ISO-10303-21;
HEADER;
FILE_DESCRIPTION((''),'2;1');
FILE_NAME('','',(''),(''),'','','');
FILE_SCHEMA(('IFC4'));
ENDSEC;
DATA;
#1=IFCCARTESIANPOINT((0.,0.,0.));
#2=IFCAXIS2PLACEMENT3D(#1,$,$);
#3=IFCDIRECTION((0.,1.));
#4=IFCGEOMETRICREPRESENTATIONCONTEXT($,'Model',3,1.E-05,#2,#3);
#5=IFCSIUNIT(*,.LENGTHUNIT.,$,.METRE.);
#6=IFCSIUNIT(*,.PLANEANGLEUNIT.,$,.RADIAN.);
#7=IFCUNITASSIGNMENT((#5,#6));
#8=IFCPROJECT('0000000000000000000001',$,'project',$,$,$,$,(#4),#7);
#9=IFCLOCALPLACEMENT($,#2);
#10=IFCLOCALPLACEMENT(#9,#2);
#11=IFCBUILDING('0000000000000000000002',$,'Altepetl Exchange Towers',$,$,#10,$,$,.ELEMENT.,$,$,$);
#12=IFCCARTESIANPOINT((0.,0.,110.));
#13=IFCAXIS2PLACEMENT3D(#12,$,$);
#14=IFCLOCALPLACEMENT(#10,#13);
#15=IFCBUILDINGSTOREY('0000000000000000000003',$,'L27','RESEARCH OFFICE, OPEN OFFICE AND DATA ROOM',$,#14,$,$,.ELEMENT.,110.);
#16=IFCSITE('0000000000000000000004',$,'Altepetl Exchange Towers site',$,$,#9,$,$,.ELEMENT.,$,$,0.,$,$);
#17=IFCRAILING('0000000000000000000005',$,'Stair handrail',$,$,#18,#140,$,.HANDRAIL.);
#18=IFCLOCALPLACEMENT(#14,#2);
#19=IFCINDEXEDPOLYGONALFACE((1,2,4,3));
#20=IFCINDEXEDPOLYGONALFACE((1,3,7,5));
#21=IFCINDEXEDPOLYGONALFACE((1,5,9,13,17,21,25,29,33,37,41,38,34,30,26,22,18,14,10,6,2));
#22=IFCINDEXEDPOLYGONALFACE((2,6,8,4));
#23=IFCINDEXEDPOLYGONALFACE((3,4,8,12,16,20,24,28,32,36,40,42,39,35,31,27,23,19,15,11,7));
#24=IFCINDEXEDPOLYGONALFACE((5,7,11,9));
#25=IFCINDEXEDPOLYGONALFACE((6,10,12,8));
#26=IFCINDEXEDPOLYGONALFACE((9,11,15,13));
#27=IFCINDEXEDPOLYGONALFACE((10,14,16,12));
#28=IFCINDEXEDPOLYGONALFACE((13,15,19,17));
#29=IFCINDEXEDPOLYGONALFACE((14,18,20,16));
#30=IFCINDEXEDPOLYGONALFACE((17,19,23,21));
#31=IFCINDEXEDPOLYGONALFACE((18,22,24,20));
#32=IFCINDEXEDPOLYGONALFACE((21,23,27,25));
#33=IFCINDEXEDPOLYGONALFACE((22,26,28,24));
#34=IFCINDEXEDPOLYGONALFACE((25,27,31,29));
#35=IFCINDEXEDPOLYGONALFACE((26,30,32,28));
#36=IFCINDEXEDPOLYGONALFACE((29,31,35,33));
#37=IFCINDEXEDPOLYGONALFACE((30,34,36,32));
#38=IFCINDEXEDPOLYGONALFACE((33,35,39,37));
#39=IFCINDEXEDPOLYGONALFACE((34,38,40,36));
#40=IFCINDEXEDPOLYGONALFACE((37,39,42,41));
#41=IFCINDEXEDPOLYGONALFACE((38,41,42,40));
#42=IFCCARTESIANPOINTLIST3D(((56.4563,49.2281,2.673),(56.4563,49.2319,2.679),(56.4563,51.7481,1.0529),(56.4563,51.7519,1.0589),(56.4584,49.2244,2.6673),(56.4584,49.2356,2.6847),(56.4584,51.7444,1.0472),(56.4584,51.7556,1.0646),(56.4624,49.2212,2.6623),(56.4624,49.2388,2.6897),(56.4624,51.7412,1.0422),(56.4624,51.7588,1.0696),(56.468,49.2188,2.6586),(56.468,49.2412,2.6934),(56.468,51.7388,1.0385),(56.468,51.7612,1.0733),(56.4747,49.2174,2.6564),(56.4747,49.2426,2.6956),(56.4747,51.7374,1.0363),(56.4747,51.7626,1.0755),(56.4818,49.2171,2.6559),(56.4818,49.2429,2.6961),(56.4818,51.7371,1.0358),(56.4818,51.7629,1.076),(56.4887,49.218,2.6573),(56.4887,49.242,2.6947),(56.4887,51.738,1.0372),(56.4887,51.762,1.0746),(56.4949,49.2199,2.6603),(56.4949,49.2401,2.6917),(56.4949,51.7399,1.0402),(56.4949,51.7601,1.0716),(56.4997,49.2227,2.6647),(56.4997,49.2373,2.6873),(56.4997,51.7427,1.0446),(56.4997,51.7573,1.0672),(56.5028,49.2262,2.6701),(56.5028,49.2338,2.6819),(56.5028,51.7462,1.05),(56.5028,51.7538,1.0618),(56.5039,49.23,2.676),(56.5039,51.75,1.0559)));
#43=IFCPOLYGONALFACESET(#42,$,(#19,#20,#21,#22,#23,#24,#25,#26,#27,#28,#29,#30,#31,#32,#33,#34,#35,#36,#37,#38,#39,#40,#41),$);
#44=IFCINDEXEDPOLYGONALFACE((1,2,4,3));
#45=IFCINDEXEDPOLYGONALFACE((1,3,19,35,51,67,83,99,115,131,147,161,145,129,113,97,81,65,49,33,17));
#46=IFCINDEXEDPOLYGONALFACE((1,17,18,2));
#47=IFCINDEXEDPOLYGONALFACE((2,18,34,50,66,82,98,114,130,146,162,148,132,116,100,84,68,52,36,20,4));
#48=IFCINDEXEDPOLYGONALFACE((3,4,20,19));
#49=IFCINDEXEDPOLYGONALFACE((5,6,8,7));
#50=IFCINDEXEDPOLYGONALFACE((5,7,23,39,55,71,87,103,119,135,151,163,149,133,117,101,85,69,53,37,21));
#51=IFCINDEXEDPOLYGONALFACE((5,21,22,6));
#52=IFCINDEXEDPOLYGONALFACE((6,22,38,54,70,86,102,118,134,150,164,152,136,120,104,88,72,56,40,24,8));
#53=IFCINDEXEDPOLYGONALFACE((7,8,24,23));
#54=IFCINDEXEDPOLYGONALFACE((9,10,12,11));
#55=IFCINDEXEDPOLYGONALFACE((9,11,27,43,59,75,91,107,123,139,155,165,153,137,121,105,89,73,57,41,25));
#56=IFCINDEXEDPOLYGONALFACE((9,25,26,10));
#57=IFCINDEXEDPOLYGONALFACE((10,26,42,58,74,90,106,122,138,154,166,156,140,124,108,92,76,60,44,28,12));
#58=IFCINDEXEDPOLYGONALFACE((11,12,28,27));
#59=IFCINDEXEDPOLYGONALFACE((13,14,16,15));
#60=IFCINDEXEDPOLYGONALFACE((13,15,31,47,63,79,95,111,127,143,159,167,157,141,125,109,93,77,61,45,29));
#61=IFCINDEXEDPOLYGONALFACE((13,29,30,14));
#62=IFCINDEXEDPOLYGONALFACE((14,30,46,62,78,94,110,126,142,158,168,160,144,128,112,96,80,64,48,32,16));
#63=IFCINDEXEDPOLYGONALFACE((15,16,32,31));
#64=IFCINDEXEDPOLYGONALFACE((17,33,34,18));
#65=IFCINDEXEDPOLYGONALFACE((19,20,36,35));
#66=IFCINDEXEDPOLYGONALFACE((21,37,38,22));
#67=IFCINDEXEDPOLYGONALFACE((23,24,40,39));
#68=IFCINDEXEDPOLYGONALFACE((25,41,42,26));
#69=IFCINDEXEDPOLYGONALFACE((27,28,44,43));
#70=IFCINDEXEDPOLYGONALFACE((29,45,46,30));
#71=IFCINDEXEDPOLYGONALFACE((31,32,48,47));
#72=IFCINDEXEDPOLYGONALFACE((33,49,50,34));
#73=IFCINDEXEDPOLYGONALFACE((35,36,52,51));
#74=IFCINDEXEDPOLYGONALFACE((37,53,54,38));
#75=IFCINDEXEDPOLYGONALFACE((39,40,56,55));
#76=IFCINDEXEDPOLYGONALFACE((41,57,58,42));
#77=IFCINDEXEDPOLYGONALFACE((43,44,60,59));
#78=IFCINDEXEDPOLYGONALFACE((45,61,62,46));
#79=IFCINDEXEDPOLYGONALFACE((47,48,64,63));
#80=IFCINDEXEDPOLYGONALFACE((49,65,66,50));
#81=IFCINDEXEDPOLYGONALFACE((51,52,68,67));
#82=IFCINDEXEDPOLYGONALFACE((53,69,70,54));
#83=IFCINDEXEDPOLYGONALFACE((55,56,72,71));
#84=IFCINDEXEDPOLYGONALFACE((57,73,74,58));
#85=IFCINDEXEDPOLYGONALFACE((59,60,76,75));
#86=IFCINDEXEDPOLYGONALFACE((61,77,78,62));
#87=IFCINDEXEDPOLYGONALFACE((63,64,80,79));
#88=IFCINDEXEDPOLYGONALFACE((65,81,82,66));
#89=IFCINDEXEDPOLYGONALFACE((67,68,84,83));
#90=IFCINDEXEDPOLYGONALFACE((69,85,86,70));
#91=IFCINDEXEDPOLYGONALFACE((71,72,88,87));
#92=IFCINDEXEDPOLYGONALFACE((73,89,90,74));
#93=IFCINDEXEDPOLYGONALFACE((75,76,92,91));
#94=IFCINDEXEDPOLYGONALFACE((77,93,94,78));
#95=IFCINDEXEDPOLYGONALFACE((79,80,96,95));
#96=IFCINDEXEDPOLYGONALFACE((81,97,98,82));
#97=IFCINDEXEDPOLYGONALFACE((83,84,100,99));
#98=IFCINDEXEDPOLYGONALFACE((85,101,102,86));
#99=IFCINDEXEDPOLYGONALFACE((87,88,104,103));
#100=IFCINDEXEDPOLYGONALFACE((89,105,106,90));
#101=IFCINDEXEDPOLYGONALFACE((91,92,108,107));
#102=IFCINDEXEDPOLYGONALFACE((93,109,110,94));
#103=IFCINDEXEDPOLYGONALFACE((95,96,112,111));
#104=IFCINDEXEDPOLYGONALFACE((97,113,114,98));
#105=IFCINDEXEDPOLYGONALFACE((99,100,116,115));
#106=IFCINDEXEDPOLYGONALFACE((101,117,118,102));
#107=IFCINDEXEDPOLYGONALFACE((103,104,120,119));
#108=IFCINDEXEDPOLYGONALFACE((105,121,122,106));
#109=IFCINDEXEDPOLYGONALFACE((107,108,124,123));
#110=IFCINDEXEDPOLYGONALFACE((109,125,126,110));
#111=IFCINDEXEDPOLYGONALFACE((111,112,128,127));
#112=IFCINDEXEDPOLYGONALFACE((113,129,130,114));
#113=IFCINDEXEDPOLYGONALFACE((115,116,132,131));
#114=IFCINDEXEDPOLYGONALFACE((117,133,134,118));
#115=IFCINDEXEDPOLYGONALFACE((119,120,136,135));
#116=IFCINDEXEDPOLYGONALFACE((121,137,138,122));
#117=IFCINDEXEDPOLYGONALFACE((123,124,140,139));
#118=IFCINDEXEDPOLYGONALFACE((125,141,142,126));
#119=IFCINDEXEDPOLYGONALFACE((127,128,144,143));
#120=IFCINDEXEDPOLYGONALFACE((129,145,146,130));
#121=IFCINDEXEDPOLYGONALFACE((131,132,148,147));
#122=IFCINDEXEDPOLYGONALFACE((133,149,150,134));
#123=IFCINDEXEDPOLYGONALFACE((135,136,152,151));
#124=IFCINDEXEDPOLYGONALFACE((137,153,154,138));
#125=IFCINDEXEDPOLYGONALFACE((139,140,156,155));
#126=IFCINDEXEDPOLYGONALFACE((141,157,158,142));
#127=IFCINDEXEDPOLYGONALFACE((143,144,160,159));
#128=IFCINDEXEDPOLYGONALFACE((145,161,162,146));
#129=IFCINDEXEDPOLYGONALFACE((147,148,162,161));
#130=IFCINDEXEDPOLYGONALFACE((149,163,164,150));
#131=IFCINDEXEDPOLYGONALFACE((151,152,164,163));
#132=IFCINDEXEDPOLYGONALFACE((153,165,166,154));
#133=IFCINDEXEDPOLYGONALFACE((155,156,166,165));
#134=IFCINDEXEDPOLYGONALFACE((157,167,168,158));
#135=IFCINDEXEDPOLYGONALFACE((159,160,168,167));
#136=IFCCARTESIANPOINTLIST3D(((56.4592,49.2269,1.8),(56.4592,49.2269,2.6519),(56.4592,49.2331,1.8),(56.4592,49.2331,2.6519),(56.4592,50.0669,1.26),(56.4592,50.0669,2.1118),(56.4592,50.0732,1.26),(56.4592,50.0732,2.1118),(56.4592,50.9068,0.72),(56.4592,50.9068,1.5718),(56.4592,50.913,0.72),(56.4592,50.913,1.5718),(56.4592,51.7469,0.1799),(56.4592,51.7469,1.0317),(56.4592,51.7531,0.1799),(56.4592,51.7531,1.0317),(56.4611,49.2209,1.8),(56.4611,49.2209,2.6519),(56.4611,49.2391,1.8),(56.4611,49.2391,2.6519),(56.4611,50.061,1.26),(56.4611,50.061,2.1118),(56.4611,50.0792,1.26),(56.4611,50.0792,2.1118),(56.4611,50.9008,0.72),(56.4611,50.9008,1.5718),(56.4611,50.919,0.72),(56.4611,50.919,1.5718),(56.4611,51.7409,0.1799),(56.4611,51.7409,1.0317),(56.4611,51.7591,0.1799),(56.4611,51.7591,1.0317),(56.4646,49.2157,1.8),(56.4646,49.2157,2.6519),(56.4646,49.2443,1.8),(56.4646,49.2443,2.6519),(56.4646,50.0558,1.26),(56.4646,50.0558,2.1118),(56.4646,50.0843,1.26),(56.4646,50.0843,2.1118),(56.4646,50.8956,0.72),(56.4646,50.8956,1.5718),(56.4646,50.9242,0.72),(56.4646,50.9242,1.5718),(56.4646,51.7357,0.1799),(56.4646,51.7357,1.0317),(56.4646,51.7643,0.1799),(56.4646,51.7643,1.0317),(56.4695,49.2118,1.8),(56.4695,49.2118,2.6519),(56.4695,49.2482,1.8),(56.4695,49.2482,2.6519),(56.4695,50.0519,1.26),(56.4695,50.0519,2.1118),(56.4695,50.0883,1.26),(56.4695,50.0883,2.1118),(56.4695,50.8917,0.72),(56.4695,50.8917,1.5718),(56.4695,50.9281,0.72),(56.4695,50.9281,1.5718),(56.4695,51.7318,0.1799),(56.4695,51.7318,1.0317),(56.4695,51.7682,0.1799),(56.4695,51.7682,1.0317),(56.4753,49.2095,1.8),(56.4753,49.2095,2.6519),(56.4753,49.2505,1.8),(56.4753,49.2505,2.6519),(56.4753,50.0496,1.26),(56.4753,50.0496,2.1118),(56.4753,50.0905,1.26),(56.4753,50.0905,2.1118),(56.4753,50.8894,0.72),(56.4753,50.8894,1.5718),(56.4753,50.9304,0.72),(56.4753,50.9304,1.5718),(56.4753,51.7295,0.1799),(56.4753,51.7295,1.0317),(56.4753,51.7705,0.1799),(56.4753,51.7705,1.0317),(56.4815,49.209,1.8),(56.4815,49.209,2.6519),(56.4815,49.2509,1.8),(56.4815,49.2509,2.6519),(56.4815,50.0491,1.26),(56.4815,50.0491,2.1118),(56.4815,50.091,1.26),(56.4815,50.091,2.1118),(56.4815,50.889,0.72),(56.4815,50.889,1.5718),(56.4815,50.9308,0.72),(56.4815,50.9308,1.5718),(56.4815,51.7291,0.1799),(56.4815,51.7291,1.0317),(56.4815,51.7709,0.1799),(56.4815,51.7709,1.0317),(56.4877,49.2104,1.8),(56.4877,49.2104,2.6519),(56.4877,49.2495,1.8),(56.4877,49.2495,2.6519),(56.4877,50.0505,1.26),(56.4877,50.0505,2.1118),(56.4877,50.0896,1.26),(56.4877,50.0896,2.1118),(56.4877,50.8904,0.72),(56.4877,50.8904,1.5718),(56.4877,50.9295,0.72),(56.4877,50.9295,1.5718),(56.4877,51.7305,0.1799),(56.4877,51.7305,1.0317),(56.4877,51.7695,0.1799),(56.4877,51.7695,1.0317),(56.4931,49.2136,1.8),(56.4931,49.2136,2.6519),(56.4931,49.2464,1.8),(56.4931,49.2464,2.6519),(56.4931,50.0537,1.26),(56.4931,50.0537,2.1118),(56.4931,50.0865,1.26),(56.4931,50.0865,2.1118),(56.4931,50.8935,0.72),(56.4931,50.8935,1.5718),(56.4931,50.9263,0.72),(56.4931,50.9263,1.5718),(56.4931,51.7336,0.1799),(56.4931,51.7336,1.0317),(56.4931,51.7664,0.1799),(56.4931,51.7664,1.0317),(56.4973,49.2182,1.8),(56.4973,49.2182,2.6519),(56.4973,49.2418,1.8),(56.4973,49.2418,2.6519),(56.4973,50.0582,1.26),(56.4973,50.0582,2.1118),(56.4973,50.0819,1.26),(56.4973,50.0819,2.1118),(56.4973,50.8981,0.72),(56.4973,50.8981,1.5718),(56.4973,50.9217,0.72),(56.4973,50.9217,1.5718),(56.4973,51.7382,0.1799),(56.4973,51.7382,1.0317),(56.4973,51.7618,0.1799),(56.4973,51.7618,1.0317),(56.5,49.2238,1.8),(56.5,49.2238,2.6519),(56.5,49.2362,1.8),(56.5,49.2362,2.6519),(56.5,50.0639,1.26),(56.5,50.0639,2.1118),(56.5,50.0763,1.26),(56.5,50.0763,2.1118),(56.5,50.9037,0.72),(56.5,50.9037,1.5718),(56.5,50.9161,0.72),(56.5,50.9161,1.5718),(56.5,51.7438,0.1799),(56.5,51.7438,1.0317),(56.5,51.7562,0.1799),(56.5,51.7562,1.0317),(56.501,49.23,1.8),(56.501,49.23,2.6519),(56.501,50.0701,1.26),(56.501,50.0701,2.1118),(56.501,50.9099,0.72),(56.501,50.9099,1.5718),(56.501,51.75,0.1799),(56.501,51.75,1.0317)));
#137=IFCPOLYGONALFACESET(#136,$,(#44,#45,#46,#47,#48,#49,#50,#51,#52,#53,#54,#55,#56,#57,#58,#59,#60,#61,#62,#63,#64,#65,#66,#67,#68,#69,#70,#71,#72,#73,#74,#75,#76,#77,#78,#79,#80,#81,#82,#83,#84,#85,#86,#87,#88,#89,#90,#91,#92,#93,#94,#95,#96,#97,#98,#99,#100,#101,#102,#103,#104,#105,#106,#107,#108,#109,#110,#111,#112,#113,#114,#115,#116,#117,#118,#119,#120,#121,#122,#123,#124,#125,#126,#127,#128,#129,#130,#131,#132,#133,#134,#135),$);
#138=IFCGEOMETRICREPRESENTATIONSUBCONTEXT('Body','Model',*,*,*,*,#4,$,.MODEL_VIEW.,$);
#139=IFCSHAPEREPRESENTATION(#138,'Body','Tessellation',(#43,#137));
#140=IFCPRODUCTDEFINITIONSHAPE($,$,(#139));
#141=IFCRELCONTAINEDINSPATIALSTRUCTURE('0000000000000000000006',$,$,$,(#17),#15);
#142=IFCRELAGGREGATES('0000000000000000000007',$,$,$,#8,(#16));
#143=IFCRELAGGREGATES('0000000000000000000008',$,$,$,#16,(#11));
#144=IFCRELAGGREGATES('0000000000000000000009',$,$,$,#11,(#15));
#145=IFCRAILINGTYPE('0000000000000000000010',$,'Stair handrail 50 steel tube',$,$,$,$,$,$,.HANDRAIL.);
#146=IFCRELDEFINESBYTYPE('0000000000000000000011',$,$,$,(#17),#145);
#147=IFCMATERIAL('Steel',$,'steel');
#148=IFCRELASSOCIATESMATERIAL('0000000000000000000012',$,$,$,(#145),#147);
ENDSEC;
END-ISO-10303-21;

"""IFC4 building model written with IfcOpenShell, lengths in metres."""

from ifc_helpers import new_model, si_unit, direction, frame, origin, origin_2d, place, context, subcontext, project, spatial, circle, extrude, source, transform, mapped, material, type_object, element, save


model = new_model("IFC4")

# Units and contexts
model_context = context("Model", 3, precision=1e-05, world=origin(), true_north=direction((0.0, 1.0)))
body_context = subcontext(model_context, "Body", "Model", "MODEL_VIEW")
ifc_project = project(units=[si_unit("LENGTHUNIT", "METRE"), si_unit("PLANEANGLEUNIT", "RADIAN")], contexts=[model_context])

# Site, building, storey
site_placement = place(None, origin())
site = spatial("IfcSite", under=ifc_project, at=site_placement, Name="Altepetl Exchange Towers site", CompositionType="ELEMENT", RefElevation=0.0)
building_placement = place(site_placement, origin())
building = spatial("IfcBuilding", under=site, at=building_placement, Name="Altepetl Exchange Towers", CompositionType="ELEMENT")
storey_placement = place(building_placement, frame((0.0, 0.0, 110.0)))
storey = spatial("IfcBuildingStorey", under=building, at=storey_placement, Name="L27", Description="RESEARCH OFFICE, OPEN OFFICE AND DATA ROOM", CompositionType="ELEMENT", Elevation=110.0)

# Railing
ifc_material_1 = material(Name="Steel", Category="steel")
railing_type = type_object("IfcRailingType", Name="Stair handrail 50 steel tube", PredefinedType="HANDRAIL", material=ifc_material_1)
shared_shape = source(origin(), body_context, "Body", "SweptSolid", [
    extrude(circle(Radius=0.021, at=origin_2d()), origin(), (0.0, 0.0, 1.0), 0.8518),
])
railing_placement = place(storey_placement, frame((56.48, 51.75, 0.1799)))
element("IfcRailing", 1, at=railing_placement, inside=storey, type_object=railing_type, Name="Stair handrail", PredefinedType="HANDRAIL", context=body_context, shape_type="SweptSolid", body=[
    extrude(circle(Radius=0.0239, at=origin_2d()), frame((0.0, 0.0, 0.876), z_axis=(0.0, -0.841163, 0.540782), x_axis=(1.0, 0.0, 0.0)), (0.0, 0.0, 1.0), 2.9958),
    mapped(shared_shape, transform((0.0, 0.0, 0.0))),
    mapped(shared_shape, transform((0.0, -0.8401, 0.54))),
    mapped(shared_shape, transform((0.0, -1.6799, 1.0801))),
    mapped(shared_shape, transform((0.0, -2.52, 1.6201))),
])

save(model, "model.ifc")
